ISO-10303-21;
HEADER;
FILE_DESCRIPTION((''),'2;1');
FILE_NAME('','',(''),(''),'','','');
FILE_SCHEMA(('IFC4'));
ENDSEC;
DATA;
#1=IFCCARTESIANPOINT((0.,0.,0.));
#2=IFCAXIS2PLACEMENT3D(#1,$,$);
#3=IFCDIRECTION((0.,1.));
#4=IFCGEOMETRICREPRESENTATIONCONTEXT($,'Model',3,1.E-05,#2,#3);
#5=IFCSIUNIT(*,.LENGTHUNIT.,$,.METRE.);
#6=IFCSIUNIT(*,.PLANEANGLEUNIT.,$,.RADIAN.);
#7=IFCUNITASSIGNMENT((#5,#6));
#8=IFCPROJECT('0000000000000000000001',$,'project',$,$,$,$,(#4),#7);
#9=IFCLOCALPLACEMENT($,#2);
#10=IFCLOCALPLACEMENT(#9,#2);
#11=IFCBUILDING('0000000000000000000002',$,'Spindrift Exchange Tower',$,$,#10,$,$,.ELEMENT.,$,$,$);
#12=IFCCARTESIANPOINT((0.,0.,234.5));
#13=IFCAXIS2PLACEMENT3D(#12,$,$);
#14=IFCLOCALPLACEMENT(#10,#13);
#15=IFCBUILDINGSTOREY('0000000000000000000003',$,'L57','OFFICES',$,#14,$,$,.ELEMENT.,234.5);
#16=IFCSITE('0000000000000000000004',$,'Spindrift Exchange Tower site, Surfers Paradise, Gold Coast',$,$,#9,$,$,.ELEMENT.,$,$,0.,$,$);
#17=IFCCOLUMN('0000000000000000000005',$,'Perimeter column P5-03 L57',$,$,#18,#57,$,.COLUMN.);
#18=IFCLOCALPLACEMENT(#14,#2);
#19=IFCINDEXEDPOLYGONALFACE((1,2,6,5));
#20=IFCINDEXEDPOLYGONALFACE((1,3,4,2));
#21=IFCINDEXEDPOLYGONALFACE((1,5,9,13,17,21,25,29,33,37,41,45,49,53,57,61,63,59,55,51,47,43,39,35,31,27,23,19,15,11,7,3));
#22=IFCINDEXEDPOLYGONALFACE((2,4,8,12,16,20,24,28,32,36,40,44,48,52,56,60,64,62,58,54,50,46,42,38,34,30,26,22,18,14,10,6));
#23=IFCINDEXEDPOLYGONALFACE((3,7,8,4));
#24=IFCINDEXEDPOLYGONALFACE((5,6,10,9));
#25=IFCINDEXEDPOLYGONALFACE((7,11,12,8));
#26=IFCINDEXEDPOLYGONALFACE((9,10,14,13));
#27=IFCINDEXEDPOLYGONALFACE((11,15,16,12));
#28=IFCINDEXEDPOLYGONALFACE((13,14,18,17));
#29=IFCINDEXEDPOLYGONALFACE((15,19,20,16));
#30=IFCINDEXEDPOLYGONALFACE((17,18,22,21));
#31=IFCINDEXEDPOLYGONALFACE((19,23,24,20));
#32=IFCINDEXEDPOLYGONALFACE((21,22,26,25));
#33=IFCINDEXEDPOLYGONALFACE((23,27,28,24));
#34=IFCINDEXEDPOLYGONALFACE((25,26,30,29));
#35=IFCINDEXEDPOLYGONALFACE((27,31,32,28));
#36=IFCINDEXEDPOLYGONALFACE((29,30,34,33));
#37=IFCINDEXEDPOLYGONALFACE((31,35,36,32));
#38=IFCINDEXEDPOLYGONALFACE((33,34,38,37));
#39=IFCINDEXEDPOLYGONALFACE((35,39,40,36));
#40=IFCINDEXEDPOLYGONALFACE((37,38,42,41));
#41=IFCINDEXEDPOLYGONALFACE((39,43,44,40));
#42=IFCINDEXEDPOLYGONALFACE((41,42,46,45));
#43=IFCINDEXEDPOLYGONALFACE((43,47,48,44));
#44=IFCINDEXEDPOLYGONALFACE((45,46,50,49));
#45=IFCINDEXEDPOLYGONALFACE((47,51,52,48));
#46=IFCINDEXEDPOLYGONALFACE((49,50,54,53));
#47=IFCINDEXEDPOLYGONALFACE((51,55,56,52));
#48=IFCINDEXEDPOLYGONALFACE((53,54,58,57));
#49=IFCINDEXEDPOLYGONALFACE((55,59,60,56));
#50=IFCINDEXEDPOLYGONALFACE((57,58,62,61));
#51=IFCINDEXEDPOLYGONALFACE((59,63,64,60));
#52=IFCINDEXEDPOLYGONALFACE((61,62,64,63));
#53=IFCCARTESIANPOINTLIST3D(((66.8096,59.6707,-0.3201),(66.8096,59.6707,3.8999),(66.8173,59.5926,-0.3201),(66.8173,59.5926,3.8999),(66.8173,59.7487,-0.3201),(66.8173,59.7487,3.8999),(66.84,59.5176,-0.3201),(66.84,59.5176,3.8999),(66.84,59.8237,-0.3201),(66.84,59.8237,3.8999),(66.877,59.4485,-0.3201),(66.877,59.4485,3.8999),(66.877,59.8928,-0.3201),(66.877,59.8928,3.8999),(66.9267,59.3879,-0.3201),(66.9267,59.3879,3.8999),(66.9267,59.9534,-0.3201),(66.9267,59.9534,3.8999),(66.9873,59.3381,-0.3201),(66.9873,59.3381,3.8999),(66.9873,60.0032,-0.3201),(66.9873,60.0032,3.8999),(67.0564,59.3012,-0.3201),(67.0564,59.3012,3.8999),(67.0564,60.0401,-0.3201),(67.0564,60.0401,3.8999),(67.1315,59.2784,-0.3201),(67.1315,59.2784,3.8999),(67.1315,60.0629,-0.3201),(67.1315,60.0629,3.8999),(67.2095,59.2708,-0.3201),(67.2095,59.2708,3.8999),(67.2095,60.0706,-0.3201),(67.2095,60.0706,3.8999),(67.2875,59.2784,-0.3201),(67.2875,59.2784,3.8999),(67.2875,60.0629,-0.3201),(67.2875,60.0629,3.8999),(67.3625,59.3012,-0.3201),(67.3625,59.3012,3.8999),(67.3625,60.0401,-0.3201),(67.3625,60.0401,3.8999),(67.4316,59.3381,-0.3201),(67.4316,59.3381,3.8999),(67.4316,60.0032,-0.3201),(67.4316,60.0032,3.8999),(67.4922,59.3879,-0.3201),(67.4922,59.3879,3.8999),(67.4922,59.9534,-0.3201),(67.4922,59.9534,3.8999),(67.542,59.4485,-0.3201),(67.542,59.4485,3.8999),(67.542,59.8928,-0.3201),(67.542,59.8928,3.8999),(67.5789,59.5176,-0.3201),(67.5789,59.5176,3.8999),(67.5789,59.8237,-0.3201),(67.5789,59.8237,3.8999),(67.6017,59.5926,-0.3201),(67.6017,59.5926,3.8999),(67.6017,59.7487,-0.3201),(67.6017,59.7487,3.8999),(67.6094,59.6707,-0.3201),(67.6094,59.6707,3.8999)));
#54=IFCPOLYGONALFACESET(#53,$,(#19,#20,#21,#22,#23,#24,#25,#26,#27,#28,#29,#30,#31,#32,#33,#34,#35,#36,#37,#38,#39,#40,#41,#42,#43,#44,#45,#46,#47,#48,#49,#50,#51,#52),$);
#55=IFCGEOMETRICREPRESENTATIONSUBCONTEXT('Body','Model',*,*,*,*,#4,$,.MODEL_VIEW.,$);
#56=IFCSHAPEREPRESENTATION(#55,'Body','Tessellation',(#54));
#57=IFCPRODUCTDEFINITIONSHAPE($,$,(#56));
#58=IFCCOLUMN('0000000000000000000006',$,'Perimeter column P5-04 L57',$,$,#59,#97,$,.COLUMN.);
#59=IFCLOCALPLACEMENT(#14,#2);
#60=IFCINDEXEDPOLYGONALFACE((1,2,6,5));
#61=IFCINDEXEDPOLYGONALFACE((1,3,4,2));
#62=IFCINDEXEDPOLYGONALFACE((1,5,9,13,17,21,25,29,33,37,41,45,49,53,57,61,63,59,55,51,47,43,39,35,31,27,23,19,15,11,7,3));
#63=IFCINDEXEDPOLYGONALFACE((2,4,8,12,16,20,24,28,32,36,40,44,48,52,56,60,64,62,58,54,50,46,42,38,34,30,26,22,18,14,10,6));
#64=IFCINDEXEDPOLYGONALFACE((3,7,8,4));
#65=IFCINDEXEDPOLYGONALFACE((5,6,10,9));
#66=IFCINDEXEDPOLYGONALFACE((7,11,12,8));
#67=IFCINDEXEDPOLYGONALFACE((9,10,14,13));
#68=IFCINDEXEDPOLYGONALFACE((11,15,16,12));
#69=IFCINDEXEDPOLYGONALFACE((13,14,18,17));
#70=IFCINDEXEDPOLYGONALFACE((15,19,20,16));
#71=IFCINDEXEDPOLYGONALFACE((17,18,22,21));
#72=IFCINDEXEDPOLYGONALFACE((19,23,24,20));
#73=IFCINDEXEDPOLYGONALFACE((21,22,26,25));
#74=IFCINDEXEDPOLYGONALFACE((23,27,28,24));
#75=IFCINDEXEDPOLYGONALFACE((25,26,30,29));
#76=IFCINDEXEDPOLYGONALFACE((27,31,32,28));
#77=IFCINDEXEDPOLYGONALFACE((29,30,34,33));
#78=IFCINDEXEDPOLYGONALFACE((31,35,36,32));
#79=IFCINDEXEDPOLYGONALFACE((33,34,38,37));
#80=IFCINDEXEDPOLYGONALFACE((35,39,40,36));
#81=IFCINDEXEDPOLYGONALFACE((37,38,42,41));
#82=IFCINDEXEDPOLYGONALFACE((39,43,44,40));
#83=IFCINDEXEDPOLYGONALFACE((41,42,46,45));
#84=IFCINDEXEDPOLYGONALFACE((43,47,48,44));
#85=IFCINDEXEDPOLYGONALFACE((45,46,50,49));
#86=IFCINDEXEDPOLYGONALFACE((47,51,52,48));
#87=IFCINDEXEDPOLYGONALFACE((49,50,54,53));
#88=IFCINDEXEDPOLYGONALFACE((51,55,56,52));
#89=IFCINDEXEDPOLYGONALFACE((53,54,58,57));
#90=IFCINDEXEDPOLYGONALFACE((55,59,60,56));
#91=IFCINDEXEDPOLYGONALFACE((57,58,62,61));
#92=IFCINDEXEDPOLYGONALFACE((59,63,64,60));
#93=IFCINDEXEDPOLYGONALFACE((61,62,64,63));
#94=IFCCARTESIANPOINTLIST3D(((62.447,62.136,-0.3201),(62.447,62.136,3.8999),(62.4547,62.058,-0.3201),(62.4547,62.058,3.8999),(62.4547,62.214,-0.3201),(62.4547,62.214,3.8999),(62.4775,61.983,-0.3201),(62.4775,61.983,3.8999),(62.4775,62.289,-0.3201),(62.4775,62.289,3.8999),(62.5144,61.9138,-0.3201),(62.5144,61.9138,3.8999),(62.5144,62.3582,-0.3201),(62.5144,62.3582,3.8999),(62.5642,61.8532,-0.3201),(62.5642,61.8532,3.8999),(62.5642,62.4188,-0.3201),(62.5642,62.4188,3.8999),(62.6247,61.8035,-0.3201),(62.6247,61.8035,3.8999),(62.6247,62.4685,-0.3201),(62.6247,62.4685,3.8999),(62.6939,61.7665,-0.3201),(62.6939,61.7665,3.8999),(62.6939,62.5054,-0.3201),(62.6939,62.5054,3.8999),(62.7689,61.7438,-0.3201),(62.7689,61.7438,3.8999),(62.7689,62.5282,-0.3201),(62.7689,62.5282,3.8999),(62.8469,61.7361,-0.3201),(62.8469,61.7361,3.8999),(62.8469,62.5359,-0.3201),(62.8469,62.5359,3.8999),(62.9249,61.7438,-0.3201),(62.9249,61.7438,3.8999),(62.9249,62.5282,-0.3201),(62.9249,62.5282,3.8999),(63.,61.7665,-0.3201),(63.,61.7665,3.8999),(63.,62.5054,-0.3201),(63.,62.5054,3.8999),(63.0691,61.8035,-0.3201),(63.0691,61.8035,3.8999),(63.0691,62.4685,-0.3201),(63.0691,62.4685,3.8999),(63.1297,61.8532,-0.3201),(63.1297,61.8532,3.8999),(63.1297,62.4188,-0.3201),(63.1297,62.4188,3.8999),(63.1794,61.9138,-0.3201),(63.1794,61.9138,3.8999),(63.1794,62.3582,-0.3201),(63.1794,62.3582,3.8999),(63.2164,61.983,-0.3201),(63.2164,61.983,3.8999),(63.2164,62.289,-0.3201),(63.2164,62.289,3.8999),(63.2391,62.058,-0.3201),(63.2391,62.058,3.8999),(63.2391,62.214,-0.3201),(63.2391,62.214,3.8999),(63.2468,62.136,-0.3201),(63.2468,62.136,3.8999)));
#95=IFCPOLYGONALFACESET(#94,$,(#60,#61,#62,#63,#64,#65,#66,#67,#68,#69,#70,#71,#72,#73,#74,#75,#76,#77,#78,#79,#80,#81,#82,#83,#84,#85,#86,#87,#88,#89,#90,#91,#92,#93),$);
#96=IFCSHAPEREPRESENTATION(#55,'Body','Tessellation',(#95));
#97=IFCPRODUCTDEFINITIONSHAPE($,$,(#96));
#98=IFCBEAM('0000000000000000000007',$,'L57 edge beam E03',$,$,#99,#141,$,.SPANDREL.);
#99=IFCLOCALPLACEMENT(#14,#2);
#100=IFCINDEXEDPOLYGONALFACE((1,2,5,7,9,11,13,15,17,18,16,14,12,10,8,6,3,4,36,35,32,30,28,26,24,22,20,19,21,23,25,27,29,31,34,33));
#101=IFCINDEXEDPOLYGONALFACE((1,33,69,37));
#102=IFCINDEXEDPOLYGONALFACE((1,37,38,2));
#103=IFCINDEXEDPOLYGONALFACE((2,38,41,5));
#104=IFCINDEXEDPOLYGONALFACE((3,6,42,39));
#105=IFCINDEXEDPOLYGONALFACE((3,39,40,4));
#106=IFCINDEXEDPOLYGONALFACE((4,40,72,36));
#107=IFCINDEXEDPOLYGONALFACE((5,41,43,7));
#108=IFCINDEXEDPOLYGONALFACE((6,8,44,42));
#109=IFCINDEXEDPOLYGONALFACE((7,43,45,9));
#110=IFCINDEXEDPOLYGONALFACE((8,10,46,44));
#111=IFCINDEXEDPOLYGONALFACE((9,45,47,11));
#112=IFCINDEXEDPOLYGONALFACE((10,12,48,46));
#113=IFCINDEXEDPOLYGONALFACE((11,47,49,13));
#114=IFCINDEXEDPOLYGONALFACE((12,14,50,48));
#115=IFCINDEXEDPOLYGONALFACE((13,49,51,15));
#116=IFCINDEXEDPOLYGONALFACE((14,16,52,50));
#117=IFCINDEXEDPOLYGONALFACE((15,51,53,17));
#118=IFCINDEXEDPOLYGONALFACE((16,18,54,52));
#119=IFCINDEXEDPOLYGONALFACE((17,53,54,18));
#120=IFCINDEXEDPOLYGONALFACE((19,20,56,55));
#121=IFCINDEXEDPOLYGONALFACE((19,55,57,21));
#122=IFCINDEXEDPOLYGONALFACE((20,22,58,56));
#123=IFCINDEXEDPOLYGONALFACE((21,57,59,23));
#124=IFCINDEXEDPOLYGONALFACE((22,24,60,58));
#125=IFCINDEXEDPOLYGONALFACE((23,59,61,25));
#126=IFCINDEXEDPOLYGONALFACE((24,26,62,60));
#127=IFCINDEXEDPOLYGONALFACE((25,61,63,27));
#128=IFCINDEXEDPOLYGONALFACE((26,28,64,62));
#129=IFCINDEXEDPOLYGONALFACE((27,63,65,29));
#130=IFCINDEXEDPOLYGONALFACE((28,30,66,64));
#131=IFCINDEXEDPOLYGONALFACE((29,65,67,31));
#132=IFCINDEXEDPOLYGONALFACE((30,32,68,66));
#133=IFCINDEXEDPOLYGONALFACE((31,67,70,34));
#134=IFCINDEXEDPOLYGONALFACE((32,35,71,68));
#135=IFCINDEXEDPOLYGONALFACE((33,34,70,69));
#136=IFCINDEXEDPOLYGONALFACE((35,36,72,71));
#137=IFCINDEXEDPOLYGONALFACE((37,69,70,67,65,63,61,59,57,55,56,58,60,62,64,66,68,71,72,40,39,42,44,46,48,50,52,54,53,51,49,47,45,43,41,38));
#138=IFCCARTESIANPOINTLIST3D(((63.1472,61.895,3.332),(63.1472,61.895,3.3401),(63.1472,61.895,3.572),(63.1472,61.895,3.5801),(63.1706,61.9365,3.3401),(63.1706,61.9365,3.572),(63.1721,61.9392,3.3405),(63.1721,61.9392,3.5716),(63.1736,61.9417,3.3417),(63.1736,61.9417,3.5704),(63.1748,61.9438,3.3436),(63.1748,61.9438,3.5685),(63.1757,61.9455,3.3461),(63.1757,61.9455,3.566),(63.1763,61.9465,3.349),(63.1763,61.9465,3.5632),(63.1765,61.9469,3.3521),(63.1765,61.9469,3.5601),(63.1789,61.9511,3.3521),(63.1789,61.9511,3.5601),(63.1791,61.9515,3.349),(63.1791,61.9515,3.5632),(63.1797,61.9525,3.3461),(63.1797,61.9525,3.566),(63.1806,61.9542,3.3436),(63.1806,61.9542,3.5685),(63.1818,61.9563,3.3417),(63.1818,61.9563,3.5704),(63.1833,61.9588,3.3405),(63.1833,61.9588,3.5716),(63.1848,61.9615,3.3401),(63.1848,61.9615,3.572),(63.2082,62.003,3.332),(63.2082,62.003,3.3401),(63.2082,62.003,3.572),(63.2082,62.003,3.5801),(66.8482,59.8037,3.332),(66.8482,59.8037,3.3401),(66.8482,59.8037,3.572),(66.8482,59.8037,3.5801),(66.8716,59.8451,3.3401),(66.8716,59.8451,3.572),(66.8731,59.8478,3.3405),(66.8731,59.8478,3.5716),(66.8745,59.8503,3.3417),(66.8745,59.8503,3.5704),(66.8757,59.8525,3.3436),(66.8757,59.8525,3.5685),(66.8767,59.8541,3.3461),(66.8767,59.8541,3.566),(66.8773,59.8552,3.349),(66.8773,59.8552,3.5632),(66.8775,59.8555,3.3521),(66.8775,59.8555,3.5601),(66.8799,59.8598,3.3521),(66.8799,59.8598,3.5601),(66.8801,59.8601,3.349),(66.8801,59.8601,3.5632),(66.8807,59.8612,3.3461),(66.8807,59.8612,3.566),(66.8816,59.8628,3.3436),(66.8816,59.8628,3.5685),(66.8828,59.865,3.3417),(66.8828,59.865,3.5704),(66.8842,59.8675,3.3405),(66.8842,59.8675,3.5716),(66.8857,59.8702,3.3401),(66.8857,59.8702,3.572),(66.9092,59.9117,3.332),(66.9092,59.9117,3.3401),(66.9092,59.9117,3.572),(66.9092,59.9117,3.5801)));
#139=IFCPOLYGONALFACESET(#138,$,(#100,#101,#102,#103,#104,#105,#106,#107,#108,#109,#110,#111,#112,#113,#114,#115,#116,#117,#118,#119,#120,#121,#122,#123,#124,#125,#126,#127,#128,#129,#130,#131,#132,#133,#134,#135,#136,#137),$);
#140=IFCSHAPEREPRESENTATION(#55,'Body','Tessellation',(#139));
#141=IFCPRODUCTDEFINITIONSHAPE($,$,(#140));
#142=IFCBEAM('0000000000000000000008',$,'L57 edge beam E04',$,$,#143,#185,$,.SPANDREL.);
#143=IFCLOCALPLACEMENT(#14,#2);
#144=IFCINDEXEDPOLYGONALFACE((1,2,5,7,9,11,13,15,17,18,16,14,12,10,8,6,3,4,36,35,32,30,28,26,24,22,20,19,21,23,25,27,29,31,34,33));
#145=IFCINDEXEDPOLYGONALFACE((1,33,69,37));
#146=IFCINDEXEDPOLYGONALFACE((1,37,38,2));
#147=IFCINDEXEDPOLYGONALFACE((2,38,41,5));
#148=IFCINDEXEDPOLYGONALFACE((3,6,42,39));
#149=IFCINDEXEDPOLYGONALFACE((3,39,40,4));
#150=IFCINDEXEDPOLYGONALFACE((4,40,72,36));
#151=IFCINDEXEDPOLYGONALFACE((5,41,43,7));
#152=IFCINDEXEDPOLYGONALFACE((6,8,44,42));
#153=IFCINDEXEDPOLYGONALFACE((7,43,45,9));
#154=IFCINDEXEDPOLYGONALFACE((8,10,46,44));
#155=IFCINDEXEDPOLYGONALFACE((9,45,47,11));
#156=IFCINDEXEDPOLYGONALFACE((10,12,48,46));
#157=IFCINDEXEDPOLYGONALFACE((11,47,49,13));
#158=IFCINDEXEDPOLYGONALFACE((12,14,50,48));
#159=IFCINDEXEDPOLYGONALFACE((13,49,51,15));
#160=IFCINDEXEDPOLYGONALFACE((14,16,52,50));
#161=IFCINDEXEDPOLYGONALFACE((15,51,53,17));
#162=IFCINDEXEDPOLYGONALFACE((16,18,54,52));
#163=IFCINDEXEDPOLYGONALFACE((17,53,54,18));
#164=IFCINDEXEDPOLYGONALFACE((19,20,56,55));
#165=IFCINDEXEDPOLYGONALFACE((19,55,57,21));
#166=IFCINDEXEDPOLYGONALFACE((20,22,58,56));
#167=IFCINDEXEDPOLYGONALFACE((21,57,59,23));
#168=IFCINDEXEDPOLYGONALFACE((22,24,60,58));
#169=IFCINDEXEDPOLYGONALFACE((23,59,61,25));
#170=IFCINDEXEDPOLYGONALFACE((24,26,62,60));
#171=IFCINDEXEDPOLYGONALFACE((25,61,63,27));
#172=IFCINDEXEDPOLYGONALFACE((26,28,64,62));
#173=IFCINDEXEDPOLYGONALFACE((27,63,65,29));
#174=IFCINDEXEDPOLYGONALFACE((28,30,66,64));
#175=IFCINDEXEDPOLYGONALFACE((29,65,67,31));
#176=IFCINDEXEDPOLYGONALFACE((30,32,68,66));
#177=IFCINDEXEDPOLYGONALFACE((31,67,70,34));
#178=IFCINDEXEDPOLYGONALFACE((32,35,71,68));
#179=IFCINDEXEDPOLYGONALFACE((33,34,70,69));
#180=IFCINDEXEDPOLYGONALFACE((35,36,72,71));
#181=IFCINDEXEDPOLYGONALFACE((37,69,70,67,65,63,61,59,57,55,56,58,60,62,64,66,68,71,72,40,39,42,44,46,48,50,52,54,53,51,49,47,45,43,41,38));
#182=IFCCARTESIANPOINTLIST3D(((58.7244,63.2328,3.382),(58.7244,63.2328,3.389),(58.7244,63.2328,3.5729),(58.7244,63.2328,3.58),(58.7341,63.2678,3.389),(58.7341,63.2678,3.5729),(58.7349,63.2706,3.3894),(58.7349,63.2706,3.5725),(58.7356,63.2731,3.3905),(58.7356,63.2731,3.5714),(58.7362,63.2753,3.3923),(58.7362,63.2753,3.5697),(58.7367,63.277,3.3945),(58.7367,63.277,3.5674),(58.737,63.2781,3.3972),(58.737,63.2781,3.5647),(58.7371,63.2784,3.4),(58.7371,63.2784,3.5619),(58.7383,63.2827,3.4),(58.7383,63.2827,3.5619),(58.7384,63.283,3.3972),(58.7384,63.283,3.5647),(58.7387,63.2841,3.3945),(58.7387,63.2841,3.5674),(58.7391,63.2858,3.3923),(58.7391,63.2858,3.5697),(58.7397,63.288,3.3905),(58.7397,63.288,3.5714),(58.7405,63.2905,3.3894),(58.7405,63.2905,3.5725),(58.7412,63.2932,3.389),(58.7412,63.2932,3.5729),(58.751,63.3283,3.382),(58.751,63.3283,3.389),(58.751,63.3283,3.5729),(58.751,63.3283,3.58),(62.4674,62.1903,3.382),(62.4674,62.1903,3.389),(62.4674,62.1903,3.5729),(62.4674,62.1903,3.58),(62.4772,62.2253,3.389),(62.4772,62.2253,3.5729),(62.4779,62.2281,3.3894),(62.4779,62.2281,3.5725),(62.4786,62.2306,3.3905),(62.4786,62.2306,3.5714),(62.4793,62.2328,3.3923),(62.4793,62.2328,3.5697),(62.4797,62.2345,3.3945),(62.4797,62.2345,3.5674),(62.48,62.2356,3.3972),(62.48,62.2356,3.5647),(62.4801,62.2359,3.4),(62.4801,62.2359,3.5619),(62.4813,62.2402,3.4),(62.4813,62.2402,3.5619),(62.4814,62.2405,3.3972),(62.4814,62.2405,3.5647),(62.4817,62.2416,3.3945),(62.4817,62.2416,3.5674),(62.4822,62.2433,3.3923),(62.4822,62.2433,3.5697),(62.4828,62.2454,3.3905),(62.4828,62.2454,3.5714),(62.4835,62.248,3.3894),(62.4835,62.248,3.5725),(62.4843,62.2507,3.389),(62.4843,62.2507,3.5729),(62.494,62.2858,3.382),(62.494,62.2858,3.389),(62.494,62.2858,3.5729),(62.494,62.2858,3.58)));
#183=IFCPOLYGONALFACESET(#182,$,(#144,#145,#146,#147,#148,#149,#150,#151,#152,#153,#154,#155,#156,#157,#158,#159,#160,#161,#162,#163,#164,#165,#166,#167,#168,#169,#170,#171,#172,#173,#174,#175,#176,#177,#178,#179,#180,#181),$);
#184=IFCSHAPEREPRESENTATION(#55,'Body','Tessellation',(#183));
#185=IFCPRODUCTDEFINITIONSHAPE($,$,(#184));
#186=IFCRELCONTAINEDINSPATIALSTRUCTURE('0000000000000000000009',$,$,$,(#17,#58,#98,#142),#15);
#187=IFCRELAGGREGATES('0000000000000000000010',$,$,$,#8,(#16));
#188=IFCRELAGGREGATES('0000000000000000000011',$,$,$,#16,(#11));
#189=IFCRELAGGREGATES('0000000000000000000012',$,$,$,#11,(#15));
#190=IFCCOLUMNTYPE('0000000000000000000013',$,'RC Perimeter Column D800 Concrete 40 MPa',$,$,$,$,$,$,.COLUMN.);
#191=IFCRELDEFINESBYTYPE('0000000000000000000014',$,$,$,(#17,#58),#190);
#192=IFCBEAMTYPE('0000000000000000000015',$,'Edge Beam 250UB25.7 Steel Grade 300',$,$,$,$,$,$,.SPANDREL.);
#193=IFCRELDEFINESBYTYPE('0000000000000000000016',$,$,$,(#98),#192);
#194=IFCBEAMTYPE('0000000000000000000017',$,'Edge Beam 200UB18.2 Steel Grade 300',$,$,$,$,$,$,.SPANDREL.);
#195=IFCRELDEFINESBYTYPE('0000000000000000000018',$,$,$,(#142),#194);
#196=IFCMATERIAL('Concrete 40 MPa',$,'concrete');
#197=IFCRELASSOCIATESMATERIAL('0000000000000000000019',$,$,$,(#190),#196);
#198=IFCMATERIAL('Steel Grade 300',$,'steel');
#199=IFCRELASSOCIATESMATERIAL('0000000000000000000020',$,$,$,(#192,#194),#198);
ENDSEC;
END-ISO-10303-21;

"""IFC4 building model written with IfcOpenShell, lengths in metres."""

from ifc_helpers import new_model, si_unit, direction, frame, origin, origin_2d, place, context, subcontext, project, spatial, circle, i_section, extrude, source, transform, mapped, material, material_profile, profile_set, type_object, element, save


model = new_model("IFC4")

# Units and contexts
model_context = context("Model", 3, precision=1e-05, world=origin(), true_north=direction((0.0, 1.0)))
body_context = subcontext(model_context, "Body", "Model", "MODEL_VIEW")
ifc_project = project(units=[si_unit("LENGTHUNIT", "METRE"), si_unit("PLANEANGLEUNIT", "RADIAN")], contexts=[model_context])

# Site, building, storey
site_placement = place(None, origin())
site = spatial("IfcSite", under=ifc_project, at=site_placement, Name="Spindrift Exchange Tower site, Surfers Paradise, Gold Coast", CompositionType="ELEMENT", RefElevation=0.0)
building_placement = place(site_placement, origin())
building = spatial("IfcBuilding", under=site, at=building_placement, Name="Spindrift Exchange Tower", CompositionType="ELEMENT")
storey_placement = place(building_placement, frame((0.0, 0.0, 234.5)))
storey = spatial("IfcBuildingStorey", under=building, at=storey_placement, Name="L57", Description="OFFICES", CompositionType="ELEMENT", Elevation=234.5)

# Columns
ifc_material_1 = material(Name="Concrete 40 MPa", Category="concrete")
ifc_material_profile_1 = material_profile(ifc_material_1, circle(Radius=0.3999, at=origin_2d()), Name="RC D800")
ifc_profile_set_1 = profile_set([ifc_material_profile_1], Name="Concrete 40 MPa")
column_type = type_object("IfcColumnType", Name="RC Perimeter Column D800 Concrete 40 MPa", PredefinedType="COLUMN", material=ifc_profile_set_1)
shared_shape_1 = source(origin(), body_context, "Body", "SweptSolid", [
    extrude(circle(Radius=0.3999, at=origin_2d()), origin(), (0.0, 0.0, 1.0), 4.22),
])
for number, where, z_axis, x_axis, name in (
    (1, (67.2095, 59.6707, -0.3201), (0.0, 0.0, 1.0), (1.0, 0.0, 0.0), "Perimeter column P5-03 L57"),
    (2, (62.8469, 62.136, -0.3201), (0.0, 0.0, 1.0), (1.0, 0.0, 0.0), "Perimeter column P5-04 L57"),
):
    element("IfcColumn", number, at=place(storey_placement, frame(where, z_axis=z_axis, x_axis=x_axis)), inside=storey, type_object=column_type, Name=name, PredefinedType="COLUMN", context=body_context, shape_type="MappedRepresentation", body=[
        mapped(shared_shape_1, transform((0.0, 0.0, 0.0), scale=1.0)),
    ])

# Beams
ifc_material_2 = material(Name="Steel Grade 300", Category="steel")
ifc_material_profile_2 = material_profile(ifc_material_2, i_section(OverallWidth=0.124, OverallDepth=0.248, WebThickness=0.0049, FlangeThickness=0.0081, FilletRadius=0.012, at=origin_2d()), Name="250UB25.7")
ifc_profile_set_2 = profile_set([ifc_material_profile_2], Name="Steel Grade 300")
beam_type_1 = type_object("IfcBeamType", Name="Edge Beam 250UB25.7 Steel Grade 300", PredefinedType="SPANDREL", material=ifc_profile_set_2)
shared_shape_2 = source(origin(), body_context, "Body", "SweptSolid", [
    extrude(i_section(OverallWidth=0.124, OverallDepth=0.248, WebThickness=0.0049, FlangeThickness=0.0081, FilletRadius=0.012, at=origin_2d()), origin(), (0.0, 0.0, 1.0), 4.251),
])
beam_1_placement = place(storey_placement, frame((66.8787, 59.8577, 3.4561), z_axis=(-0.870615, 0.491965, 0.0), x_axis=(-0.491965, -0.870615, 0.0)))
element("IfcBeam", 3, at=beam_1_placement, inside=storey, type_object=beam_type_1, Name="L57 edge beam E03", PredefinedType="SPANDREL", context=body_context, shape_type="MappedRepresentation", body=[
    mapped(shared_shape_2, transform((0.0, 0.0, 0.0), scale=1.0)),
])
ifc_material_profile_3 = material_profile(ifc_material_2, i_section(OverallWidth=0.0991, OverallDepth=0.198, WebThickness=0.0044, FlangeThickness=0.0071, FilletRadius=0.011, at=origin_2d()), Name="200UB18.2")
ifc_profile_set_3 = profile_set([ifc_material_profile_3], Name="Steel Grade 300")
beam_type_2 = type_object("IfcBeamType", Name="Edge Beam 200UB18.2 Steel Grade 300", PredefinedType="SPANDREL", material=ifc_profile_set_3)
shared_shape_3 = source(origin(), body_context, "Body", "SweptSolid", [
    extrude(i_section(OverallWidth=0.0991, OverallDepth=0.198, WebThickness=0.0044, FlangeThickness=0.0071, FilletRadius=0.011, at=origin_2d()), origin(), (0.0, 0.0, 1.0), 3.8855),
])
beam_2_placement = place(storey_placement, frame((62.4807, 62.238, 3.481), z_axis=(-0.963333, 0.268308, 0.0), x_axis=(-0.268308, -0.963333, 0.0)))
element("IfcBeam", 4, at=beam_2_placement, inside=storey, type_object=beam_type_2, Name="L57 edge beam E04", PredefinedType="SPANDREL", context=body_context, shape_type="MappedRepresentation", body=[
    mapped(shared_shape_3, transform((0.0, 0.0, 0.0), scale=1.0)),
])

save(model, "model.ifc")
